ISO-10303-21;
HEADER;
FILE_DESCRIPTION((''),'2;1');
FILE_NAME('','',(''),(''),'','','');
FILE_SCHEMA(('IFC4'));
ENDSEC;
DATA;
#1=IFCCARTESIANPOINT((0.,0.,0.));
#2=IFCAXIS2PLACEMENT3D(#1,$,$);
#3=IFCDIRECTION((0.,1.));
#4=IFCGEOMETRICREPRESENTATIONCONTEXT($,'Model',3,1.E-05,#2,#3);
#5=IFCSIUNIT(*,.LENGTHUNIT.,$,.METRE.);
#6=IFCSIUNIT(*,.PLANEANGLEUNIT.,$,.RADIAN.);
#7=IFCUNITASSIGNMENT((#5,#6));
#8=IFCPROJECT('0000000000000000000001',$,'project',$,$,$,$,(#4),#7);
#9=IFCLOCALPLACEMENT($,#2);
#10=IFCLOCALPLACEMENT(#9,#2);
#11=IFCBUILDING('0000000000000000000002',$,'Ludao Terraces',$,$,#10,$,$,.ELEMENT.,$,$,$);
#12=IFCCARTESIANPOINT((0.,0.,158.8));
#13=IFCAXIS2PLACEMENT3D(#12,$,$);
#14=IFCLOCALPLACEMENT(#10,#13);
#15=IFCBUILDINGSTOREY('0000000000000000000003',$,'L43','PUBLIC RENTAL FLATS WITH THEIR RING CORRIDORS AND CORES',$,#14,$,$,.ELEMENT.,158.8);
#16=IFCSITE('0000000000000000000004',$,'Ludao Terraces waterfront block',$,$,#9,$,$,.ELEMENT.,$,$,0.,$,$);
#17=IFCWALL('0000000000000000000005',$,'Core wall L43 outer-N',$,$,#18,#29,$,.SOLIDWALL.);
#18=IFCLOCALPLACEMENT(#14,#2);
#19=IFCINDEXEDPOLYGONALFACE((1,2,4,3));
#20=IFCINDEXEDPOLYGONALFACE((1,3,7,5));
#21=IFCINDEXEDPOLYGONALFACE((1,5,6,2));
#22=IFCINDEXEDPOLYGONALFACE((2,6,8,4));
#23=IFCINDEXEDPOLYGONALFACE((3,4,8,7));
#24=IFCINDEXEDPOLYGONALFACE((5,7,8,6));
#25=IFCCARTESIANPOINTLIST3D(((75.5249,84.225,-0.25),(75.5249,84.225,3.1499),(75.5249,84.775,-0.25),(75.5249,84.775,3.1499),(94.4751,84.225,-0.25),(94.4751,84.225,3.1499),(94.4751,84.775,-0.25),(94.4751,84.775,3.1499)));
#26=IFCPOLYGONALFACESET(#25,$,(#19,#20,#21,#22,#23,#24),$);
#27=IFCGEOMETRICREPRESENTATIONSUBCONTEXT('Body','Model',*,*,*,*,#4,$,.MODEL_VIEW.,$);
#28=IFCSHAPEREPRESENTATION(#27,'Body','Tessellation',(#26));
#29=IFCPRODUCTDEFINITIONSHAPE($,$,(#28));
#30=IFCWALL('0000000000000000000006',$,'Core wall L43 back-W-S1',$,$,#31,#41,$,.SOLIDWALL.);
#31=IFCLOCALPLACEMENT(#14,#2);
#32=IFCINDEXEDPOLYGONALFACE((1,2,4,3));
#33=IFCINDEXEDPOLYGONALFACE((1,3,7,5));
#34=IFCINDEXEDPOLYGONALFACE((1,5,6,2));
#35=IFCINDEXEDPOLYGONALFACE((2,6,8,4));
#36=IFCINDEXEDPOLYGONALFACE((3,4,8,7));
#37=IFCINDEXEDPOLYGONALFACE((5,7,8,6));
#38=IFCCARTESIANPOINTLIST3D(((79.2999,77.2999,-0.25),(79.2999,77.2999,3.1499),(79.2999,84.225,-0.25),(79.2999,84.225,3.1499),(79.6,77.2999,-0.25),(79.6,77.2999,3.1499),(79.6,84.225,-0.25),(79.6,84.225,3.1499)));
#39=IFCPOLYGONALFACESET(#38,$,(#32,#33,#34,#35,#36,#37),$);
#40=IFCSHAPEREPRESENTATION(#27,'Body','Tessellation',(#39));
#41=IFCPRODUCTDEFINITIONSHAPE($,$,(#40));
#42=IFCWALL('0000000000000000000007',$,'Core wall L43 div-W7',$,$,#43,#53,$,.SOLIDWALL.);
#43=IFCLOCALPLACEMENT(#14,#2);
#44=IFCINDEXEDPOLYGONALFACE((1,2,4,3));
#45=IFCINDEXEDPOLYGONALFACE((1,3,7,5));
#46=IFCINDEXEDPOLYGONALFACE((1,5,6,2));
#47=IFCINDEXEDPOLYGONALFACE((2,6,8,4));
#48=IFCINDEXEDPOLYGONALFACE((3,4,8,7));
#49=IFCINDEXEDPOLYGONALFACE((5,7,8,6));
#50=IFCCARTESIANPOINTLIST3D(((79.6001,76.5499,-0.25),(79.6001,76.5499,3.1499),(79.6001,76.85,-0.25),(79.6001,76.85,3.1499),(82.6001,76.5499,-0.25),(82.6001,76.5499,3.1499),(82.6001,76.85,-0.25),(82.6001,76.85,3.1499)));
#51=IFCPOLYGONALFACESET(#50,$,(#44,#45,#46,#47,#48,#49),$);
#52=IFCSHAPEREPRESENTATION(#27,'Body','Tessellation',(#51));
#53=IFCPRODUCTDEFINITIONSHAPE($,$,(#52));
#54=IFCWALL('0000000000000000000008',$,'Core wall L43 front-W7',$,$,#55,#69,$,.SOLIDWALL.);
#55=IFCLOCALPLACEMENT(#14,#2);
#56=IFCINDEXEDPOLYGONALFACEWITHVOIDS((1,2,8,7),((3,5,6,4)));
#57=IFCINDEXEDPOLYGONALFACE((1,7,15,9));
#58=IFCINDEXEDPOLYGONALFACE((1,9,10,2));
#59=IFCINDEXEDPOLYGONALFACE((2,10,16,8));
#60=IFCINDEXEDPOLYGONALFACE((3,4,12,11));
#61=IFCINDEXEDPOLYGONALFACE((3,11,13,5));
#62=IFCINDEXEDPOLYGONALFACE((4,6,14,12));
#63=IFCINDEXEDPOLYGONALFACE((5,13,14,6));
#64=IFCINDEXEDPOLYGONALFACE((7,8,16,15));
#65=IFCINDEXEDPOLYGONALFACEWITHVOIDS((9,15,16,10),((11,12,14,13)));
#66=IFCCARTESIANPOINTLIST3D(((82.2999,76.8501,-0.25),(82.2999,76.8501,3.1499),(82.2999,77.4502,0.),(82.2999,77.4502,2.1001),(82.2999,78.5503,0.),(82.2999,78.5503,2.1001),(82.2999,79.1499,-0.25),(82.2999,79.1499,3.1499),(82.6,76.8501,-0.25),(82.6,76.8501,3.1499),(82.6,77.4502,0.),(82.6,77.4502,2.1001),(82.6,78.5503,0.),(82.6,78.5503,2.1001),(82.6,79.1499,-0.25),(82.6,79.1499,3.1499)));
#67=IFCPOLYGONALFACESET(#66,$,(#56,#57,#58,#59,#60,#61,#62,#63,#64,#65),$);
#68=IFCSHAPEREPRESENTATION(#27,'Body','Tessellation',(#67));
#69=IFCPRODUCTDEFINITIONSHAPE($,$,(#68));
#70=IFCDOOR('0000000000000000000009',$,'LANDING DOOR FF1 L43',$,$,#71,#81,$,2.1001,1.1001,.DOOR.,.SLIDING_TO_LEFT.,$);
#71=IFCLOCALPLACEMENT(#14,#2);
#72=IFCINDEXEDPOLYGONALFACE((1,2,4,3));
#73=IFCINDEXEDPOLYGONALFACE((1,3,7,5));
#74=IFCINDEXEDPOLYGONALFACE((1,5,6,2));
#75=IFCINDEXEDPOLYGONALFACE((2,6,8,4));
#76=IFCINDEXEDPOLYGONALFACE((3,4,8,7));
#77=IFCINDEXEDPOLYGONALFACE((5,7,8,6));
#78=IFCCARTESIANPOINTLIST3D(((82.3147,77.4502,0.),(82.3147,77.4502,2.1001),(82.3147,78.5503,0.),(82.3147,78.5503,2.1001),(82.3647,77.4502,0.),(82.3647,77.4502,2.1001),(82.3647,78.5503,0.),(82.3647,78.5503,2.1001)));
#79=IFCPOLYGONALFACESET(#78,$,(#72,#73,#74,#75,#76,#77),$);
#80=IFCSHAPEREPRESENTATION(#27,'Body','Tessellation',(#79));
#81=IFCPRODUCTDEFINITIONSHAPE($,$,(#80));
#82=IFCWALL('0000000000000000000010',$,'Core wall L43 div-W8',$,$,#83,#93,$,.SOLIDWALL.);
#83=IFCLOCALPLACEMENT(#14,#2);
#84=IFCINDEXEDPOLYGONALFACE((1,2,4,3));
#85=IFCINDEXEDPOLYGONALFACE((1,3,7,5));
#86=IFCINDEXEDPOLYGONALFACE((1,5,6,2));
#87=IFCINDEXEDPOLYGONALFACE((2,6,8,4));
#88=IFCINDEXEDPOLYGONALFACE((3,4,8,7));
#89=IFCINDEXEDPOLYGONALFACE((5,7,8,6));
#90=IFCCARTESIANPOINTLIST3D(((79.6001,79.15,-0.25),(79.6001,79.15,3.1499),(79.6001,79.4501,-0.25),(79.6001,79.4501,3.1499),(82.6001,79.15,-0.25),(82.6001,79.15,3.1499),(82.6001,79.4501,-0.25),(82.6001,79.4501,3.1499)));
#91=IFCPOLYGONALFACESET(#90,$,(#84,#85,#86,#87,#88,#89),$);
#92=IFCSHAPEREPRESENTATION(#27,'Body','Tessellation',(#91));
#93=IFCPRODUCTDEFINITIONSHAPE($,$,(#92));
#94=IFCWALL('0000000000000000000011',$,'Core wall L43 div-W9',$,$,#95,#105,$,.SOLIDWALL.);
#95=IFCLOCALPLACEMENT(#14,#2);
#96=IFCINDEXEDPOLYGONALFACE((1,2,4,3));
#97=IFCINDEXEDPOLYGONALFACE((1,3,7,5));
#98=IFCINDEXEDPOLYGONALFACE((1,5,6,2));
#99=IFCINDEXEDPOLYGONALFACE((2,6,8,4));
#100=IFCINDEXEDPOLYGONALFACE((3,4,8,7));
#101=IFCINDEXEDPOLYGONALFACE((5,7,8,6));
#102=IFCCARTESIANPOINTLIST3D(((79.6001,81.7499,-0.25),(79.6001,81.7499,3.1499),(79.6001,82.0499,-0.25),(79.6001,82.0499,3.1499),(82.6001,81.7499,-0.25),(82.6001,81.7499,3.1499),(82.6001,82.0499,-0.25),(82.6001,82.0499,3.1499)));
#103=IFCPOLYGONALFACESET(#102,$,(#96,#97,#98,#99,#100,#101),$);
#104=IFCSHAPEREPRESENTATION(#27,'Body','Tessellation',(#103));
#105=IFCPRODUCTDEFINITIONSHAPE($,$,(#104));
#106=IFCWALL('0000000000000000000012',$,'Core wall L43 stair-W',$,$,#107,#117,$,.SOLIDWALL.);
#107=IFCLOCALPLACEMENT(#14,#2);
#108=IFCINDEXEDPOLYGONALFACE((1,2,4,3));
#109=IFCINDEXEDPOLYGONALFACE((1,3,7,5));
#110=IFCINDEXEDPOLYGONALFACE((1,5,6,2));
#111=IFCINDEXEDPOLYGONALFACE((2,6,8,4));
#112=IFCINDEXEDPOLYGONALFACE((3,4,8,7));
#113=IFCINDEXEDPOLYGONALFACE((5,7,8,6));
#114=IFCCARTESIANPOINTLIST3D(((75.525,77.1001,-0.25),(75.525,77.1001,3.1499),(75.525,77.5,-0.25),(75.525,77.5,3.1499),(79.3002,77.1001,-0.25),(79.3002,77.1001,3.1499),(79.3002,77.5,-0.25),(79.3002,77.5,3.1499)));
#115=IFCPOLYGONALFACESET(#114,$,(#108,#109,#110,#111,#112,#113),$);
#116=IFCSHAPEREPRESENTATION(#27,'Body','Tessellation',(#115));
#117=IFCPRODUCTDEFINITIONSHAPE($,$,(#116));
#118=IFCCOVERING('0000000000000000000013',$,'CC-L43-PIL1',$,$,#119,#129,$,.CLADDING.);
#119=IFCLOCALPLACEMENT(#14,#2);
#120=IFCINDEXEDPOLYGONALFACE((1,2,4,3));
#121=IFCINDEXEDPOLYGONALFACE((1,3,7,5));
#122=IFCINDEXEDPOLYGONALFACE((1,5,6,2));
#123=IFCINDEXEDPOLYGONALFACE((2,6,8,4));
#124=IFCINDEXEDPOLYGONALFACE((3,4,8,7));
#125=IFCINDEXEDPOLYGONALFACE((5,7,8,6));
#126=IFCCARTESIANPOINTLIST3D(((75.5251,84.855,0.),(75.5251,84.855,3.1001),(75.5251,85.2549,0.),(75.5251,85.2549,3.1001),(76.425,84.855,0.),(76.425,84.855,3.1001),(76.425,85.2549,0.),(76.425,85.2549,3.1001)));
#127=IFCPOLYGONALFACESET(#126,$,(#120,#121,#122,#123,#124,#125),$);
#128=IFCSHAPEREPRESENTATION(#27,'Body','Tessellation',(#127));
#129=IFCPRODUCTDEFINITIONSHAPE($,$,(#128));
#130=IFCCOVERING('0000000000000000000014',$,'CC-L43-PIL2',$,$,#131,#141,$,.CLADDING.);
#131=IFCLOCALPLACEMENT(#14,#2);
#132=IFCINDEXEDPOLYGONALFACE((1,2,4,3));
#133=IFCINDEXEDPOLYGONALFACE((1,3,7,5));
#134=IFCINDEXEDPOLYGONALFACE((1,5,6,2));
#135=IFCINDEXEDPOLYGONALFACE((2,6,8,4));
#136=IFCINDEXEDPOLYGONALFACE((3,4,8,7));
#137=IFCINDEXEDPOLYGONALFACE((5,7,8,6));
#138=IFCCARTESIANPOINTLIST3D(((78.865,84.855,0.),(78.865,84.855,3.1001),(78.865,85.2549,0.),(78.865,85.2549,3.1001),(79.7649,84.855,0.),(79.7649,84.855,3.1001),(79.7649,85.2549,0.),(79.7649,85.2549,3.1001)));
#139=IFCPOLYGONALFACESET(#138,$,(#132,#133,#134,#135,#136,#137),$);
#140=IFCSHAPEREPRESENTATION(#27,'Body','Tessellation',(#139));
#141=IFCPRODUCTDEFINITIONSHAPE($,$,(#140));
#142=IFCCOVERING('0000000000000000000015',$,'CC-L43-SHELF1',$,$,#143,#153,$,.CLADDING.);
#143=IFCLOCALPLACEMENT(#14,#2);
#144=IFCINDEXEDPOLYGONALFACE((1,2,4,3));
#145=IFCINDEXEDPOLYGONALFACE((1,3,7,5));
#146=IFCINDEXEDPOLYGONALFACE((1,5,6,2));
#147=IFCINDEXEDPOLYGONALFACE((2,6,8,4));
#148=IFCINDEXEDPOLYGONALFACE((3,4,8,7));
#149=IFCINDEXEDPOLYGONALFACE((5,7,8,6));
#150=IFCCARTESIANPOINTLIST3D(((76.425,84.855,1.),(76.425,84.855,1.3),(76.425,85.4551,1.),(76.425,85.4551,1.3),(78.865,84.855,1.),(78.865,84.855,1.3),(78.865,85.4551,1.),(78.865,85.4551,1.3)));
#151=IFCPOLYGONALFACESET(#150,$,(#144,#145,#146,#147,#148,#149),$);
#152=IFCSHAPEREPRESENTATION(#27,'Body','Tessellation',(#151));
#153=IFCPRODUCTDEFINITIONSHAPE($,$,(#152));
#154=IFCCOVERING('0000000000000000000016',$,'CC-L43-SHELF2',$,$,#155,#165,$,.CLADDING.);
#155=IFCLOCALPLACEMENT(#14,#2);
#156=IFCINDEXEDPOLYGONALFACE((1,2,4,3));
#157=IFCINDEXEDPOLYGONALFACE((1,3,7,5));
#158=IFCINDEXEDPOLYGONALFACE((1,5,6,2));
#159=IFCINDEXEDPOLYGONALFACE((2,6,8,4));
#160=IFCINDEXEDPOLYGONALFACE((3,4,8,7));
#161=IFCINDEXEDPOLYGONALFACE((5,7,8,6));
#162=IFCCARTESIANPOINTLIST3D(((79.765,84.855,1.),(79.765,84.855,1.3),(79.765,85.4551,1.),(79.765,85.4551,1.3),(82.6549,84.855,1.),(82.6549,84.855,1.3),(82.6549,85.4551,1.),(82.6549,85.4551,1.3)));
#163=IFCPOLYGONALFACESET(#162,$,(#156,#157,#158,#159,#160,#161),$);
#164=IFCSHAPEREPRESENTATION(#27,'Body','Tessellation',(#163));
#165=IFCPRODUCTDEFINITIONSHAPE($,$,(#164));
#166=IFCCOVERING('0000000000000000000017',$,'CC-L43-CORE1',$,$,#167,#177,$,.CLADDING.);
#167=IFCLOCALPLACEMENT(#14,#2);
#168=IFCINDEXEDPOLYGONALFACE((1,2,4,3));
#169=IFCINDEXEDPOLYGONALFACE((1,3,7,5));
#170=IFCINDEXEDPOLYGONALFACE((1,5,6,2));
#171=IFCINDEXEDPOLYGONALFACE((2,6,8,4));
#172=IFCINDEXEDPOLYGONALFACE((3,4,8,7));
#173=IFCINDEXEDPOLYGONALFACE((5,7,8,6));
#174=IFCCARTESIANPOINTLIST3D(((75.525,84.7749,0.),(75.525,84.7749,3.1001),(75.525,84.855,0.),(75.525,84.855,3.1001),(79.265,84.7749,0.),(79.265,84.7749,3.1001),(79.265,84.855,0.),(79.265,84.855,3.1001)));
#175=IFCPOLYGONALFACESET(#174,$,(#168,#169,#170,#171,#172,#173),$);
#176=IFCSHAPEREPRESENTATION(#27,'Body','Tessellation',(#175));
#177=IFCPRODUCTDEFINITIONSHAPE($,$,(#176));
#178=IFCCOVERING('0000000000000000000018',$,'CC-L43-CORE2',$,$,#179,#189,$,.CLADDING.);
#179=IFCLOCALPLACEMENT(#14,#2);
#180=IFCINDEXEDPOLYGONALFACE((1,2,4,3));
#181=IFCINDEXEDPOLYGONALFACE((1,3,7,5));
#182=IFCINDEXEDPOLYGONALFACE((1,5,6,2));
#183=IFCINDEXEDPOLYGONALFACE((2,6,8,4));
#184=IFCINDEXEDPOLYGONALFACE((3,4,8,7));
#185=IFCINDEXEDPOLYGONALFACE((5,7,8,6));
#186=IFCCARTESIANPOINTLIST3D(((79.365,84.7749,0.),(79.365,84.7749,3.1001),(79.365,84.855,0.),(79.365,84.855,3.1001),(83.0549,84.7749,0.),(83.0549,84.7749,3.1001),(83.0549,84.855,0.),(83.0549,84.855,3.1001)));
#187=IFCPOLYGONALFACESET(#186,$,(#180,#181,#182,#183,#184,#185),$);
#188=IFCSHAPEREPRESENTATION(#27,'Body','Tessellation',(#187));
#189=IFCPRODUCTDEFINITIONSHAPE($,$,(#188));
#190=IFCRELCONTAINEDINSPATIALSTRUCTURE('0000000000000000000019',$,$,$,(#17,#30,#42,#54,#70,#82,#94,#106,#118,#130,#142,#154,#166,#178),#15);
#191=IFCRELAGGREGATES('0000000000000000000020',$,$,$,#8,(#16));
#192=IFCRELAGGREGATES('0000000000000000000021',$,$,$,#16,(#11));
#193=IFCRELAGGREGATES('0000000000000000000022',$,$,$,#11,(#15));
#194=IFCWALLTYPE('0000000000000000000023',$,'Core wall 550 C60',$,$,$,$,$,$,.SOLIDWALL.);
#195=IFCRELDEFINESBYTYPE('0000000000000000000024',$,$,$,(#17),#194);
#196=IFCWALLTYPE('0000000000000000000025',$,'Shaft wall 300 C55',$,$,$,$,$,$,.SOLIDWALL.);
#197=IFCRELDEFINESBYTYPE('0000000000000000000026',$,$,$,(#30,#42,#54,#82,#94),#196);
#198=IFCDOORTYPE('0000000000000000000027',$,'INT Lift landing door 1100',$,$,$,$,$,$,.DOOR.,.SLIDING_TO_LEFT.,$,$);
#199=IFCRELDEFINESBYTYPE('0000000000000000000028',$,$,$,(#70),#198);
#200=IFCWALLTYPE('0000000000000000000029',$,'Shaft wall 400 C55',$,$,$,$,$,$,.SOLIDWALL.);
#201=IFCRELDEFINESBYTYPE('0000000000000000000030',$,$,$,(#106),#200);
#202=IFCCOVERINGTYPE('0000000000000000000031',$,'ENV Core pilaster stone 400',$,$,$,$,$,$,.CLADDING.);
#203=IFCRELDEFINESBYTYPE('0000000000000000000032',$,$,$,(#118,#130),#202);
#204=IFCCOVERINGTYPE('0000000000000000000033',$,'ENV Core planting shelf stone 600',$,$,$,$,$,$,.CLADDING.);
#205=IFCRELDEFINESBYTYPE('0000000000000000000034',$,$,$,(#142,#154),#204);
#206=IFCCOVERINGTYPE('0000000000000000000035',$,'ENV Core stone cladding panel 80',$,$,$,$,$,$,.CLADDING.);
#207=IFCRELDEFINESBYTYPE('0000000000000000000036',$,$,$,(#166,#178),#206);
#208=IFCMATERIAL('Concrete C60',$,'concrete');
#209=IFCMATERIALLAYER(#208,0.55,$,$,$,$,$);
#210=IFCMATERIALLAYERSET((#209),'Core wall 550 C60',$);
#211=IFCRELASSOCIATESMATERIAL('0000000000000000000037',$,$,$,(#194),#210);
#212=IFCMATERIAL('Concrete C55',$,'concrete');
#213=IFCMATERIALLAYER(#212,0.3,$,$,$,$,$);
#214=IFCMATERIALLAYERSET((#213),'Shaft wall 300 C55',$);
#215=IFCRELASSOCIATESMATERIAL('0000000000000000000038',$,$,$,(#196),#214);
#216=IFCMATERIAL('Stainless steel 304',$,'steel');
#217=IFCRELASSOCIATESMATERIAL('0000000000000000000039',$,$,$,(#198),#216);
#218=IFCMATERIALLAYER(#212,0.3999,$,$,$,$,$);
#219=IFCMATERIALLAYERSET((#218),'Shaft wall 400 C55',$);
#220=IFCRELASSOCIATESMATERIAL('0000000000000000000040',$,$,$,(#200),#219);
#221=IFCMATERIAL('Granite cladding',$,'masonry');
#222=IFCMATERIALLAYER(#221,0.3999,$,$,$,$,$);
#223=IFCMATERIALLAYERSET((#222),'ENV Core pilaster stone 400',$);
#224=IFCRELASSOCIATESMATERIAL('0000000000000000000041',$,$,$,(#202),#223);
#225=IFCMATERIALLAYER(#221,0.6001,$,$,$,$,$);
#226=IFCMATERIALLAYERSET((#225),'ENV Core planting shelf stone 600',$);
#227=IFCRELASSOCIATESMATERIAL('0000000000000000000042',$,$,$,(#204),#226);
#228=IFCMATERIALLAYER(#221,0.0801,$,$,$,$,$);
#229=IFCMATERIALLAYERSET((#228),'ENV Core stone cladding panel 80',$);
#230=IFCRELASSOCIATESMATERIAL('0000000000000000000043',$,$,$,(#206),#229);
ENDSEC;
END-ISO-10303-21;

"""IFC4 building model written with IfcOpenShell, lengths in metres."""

from ifc_helpers import new_model, si_unit, direction, frame, frame_2d, origin, origin_2d, place, context, subcontext, project, spatial, rectangle, extrude, material, layer, layer_set, type_object, element, fill, save


model = new_model("IFC4")

# Units and contexts
model_context = context("Model", 3, precision=1e-05, world=origin(), true_north=direction((0.0, 1.0)))
body_context = subcontext(model_context, "Body", "Model", "MODEL_VIEW")
ifc_project = project(units=[si_unit("LENGTHUNIT", "METRE"), si_unit("PLANEANGLEUNIT", "RADIAN")], contexts=[model_context])

# Site, building, storey
site_placement = place(None, origin())
site = spatial("IfcSite", under=ifc_project, at=site_placement, Name="Ludao Terraces waterfront block", CompositionType="ELEMENT", RefElevation=0.0)
building_placement = place(site_placement, origin())
building = spatial("IfcBuilding", under=site, at=building_placement, Name="Ludao Terraces", CompositionType="ELEMENT")
storey_placement = place(building_placement, frame((0.0, 0.0, 158.8)))
storey = spatial("IfcBuildingStorey", under=building, at=storey_placement, Name="L43", Description="PUBLIC RENTAL FLATS WITH THEIR RING CORRIDORS AND CORES", CompositionType="ELEMENT", Elevation=158.8)

# Walls
ifc_material_1 = material(Name="Concrete C60", Category="concrete")
ifc_layer_1 = layer(ifc_material_1, 0.55)
ifc_layer_set_1 = layer_set([ifc_layer_1], Name="Core wall 550 C60")
wall_type_1 = type_object("IfcWallType", Name="Core wall 550 C60", PredefinedType="SOLIDWALL", material=ifc_layer_set_1)
wall_1_placement = place(storey_placement, frame((75.5249, 84.5, -0.25), z_axis=(0.0, 0.0, 1.0), x_axis=(1.0, 0.0, 0.0)))
element("IfcWall", 1, at=wall_1_placement, inside=storey, type_object=wall_type_1, Name="Core wall L43 outer-N", PredefinedType="SOLIDWALL", context=body_context, shape_type="SweptSolid", body=[
    extrude(rectangle(XDim=18.9502, YDim=0.55, at=frame_2d((9.4751, 0.0))), origin(), (0.0, 0.0, 1.0), 3.3999),
])
ifc_material_2 = material(Name="Concrete C55", Category="concrete")
ifc_layer_2 = layer(ifc_material_2, 0.3)
ifc_layer_set_2 = layer_set([ifc_layer_2], Name="Shaft wall 300 C55")
wall_type_2 = type_object("IfcWallType", Name="Shaft wall 300 C55", PredefinedType="SOLIDWALL", material=ifc_layer_set_2)
wall_2_placement = place(storey_placement, frame((79.45, 77.3, -0.25), z_axis=(0.0, 0.0, 1.0), x_axis=(0.0, 1.0, 0.0)))
element("IfcWall", 2, at=wall_2_placement, inside=storey, type_object=wall_type_2, Name="Core wall L43 back-W-S1", PredefinedType="SOLIDWALL", context=body_context, shape_type="SweptSolid", body=[
    extrude(rectangle(XDim=6.925, YDim=0.3, at=frame_2d((3.4624, 0.0))), origin(), (0.0, 0.0, 1.0), 3.3999),
])
wall_3_placement = place(storey_placement, frame((79.6001, 76.7, -0.25), z_axis=(0.0, 0.0, 1.0), x_axis=(1.0, 0.0, 0.0)))
element("IfcWall", 3, at=wall_3_placement, inside=storey, type_object=wall_type_2, Name="Core wall L43 div-W7", PredefinedType="SOLIDWALL", context=body_context, shape_type="SweptSolid", body=[
    extrude(rectangle(XDim=3.0, YDim=0.3, at=frame_2d((1.5, 0.0))), origin(), (0.0, 0.0, 1.0), 3.3999),
])

# Wall, opening, door
wall_4_placement = place(storey_placement, frame((82.45, 76.8501, -0.25), z_axis=(0.0, 0.0, 1.0), x_axis=(0.0, 1.0, 0.0)))
wall_4 = element("IfcWall", 4, at=wall_4_placement, inside=storey, type_object=wall_type_2, Name="Core wall L43 front-W7", PredefinedType="SOLIDWALL", context=body_context, shape_type="SweptSolid", body=[
    extrude(rectangle(XDim=2.2998, YDim=0.3, at=frame_2d((1.1499, 0.0))), origin(), (0.0, 0.0, 1.0), 3.3999),
])
opening_placement = place(wall_4_placement, frame((0.6001, 0.0, 0.25)))
opening = element("IfcOpeningElement", 5, at=opening_placement, cuts=wall_4, PredefinedType="OPENING", context=body_context, shape_type="SweptSolid", body=[
    extrude(rectangle(XDim=1.1001, YDim=2.1001, at=frame_2d((0.55, 1.05))), frame((0.0, 0.1602, 0.0), z_axis=(0.0, -1.0, 0.0), x_axis=(1.0, 0.0, 0.0)), (0.0, 0.0, 1.0), 0.3201),
])
ifc_material_3 = material(Name="Stainless steel 304", Category="steel")
door_type = type_object("IfcDoorType", Name="INT Lift landing door 1100", OperationType="SLIDING_TO_LEFT", PredefinedType="DOOR", material=ifc_material_3)
door_placement = place(opening_placement, origin())
door = element("IfcDoor", 6, at=door_placement, inside=storey, type_object=door_type, Name="LANDING DOOR FF1 L43", OperationType="SLIDING_TO_LEFT", OverallHeight=2.1001, OverallWidth=1.1001, PredefinedType="DOOR", context=body_context, shape_type="SweptSolid", body=[
    extrude(rectangle(XDim=1.1001, YDim=2.1001, at=frame_2d((0.55, 1.05))), frame((0.0, 0.1353, 0.0), z_axis=(0.0, -1.0, 0.0), x_axis=(1.0, 0.0, 0.0)), (0.0, 0.0, 1.0), 0.05),
])
fill(opening, door)

# Walls
for number, where, z_axis, x_axis, name in (
    (7, (79.6001, 79.3, -0.25), (0.0, 0.0, 1.0), (1.0, 0.0, 0.0), "Core wall L43 div-W8"),
    (8, (79.6001, 81.8999, -0.25), (0.0, 0.0, 1.0), (1.0, 0.0, 0.0), "Core wall L43 div-W9"),
):
    element("IfcWall", number, at=place(storey_placement, frame(where, z_axis=z_axis, x_axis=x_axis)), inside=storey, type_object=wall_type_2, Name=name, PredefinedType="SOLIDWALL", context=body_context, shape_type="SweptSolid", body=[
        extrude(rectangle(XDim=3.0, YDim=0.3, at=frame_2d((1.5, 0.0))), origin(), (0.0, 0.0, 1.0), 3.3999),
    ])
ifc_layer_3 = layer(ifc_material_2, 0.3999)
ifc_layer_set_3 = layer_set([ifc_layer_3], Name="Shaft wall 400 C55")
wall_type_3 = type_object("IfcWallType", Name="Shaft wall 400 C55", PredefinedType="SOLIDWALL", material=ifc_layer_set_3)
wall_5_placement = place(storey_placement, frame((75.5249, 77.3, -0.25), z_axis=(0.0, 0.0, 1.0), x_axis=(1.0, 0.0, 0.0)))
element("IfcWall", 9, at=wall_5_placement, inside=storey, type_object=wall_type_3, Name="Core wall L43 stair-W", PredefinedType="SOLIDWALL", context=body_context, shape_type="SweptSolid", body=[
    extrude(rectangle(XDim=3.7751, YDim=0.3999, at=frame_2d((1.8877, 0.0))), origin(), (0.0, 0.0, 1.0), 3.3999),
])

# Coverings
ifc_material_4 = material(Name="Granite cladding", Category="masonry")
ifc_layer_4 = layer(ifc_material_4, 0.3999)
ifc_layer_set_4 = layer_set([ifc_layer_4], Name="ENV Core pilaster stone 400")
covering_type_1 = type_object("IfcCoveringType", Name="ENV Core pilaster stone 400", PredefinedType="CLADDING", material=ifc_layer_set_4)
for number, where, z_axis, x_axis, name in (
    (10, (75.9751, 85.0549, 0.0), (0.0, 0.0, 1.0), (1.0, 0.0, 0.0), "CC-L43-PIL1"),
    (11, (79.3149, 85.0549, 0.0), (0.0, 0.0, 1.0), (1.0, 0.0, 0.0), "CC-L43-PIL2"),
):
    element("IfcCovering", number, at=place(storey_placement, frame(where, z_axis=z_axis, x_axis=x_axis)), inside=storey, type_object=covering_type_1, Name=name, PredefinedType="CLADDING", context=body_context, shape_type="SweptSolid", body=[
        extrude(rectangle(XDim=0.8999, YDim=0.3999, at=origin_2d()), origin(), (0.0, 0.0, 1.0), 3.1001),
    ])
ifc_layer_5 = layer(ifc_material_4, 0.6001)
ifc_layer_set_5 = layer_set([ifc_layer_5], Name="ENV Core planting shelf stone 600")
covering_type_2 = type_object("IfcCoveringType", Name="ENV Core planting shelf stone 600", PredefinedType="CLADDING", material=ifc_layer_set_5)
covering_1_placement = place(storey_placement, frame((77.645, 85.155, 1.0), z_axis=(0.0, 0.0, 1.0), x_axis=(1.0, 0.0, 0.0)))
element("IfcCovering", 12, at=covering_1_placement, inside=storey, type_object=covering_type_2, Name="CC-L43-SHELF1", PredefinedType="CLADDING", context=body_context, shape_type="SweptSolid", body=[
    extrude(rectangle(XDim=2.4399, YDim=0.6001, at=origin_2d()), origin(), (0.0, 0.0, 1.0), 0.3),
])
covering_2_placement = place(storey_placement, frame((81.21, 85.155, 1.0), z_axis=(0.0, 0.0, 1.0), x_axis=(1.0, 0.0, 0.0)))
element("IfcCovering", 13, at=covering_2_placement, inside=storey, type_object=covering_type_2, Name="CC-L43-SHELF2", PredefinedType="CLADDING", context=body_context, shape_type="SweptSolid", body=[
    extrude(rectangle(XDim=2.8899, YDim=0.6001, at=origin_2d()), origin(), (0.0, 0.0, 1.0), 0.3),
])
ifc_layer_6 = layer(ifc_material_4, 0.0801)
ifc_layer_set_6 = layer_set([ifc_layer_6], Name="ENV Core stone cladding panel 80")
covering_type_3 = type_object("IfcCoveringType", Name="ENV Core stone cladding panel 80", PredefinedType="CLADDING", material=ifc_layer_set_6)
covering_3_placement = place(storey_placement, frame((77.395, 84.8149, 0.0), z_axis=(0.0, 0.0, 1.0), x_axis=(1.0, 0.0, 0.0)))
element("IfcCovering", 14, at=covering_3_placement, inside=storey, type_object=covering_type_3, Name="CC-L43-CORE1", PredefinedType="CLADDING", context=body_context, shape_type="SweptSolid", body=[
    extrude(rectangle(XDim=3.74, YDim=0.0801, at=origin_2d()), origin(), (0.0, 0.0, 1.0), 3.1001),
])
covering_4_placement = place(storey_placement, frame((81.21, 84.8149, 0.0), z_axis=(0.0, 0.0, 1.0), x_axis=(1.0, 0.0, 0.0)))
element("IfcCovering", 15, at=covering_4_placement, inside=storey, type_object=covering_type_3, Name="CC-L43-CORE2", PredefinedType="CLADDING", context=body_context, shape_type="SweptSolid", body=[
    extrude(rectangle(XDim=3.6899, YDim=0.0801, at=origin_2d()), origin(), (0.0, 0.0, 1.0), 3.1001),
])

save(model, "model.ifc")
